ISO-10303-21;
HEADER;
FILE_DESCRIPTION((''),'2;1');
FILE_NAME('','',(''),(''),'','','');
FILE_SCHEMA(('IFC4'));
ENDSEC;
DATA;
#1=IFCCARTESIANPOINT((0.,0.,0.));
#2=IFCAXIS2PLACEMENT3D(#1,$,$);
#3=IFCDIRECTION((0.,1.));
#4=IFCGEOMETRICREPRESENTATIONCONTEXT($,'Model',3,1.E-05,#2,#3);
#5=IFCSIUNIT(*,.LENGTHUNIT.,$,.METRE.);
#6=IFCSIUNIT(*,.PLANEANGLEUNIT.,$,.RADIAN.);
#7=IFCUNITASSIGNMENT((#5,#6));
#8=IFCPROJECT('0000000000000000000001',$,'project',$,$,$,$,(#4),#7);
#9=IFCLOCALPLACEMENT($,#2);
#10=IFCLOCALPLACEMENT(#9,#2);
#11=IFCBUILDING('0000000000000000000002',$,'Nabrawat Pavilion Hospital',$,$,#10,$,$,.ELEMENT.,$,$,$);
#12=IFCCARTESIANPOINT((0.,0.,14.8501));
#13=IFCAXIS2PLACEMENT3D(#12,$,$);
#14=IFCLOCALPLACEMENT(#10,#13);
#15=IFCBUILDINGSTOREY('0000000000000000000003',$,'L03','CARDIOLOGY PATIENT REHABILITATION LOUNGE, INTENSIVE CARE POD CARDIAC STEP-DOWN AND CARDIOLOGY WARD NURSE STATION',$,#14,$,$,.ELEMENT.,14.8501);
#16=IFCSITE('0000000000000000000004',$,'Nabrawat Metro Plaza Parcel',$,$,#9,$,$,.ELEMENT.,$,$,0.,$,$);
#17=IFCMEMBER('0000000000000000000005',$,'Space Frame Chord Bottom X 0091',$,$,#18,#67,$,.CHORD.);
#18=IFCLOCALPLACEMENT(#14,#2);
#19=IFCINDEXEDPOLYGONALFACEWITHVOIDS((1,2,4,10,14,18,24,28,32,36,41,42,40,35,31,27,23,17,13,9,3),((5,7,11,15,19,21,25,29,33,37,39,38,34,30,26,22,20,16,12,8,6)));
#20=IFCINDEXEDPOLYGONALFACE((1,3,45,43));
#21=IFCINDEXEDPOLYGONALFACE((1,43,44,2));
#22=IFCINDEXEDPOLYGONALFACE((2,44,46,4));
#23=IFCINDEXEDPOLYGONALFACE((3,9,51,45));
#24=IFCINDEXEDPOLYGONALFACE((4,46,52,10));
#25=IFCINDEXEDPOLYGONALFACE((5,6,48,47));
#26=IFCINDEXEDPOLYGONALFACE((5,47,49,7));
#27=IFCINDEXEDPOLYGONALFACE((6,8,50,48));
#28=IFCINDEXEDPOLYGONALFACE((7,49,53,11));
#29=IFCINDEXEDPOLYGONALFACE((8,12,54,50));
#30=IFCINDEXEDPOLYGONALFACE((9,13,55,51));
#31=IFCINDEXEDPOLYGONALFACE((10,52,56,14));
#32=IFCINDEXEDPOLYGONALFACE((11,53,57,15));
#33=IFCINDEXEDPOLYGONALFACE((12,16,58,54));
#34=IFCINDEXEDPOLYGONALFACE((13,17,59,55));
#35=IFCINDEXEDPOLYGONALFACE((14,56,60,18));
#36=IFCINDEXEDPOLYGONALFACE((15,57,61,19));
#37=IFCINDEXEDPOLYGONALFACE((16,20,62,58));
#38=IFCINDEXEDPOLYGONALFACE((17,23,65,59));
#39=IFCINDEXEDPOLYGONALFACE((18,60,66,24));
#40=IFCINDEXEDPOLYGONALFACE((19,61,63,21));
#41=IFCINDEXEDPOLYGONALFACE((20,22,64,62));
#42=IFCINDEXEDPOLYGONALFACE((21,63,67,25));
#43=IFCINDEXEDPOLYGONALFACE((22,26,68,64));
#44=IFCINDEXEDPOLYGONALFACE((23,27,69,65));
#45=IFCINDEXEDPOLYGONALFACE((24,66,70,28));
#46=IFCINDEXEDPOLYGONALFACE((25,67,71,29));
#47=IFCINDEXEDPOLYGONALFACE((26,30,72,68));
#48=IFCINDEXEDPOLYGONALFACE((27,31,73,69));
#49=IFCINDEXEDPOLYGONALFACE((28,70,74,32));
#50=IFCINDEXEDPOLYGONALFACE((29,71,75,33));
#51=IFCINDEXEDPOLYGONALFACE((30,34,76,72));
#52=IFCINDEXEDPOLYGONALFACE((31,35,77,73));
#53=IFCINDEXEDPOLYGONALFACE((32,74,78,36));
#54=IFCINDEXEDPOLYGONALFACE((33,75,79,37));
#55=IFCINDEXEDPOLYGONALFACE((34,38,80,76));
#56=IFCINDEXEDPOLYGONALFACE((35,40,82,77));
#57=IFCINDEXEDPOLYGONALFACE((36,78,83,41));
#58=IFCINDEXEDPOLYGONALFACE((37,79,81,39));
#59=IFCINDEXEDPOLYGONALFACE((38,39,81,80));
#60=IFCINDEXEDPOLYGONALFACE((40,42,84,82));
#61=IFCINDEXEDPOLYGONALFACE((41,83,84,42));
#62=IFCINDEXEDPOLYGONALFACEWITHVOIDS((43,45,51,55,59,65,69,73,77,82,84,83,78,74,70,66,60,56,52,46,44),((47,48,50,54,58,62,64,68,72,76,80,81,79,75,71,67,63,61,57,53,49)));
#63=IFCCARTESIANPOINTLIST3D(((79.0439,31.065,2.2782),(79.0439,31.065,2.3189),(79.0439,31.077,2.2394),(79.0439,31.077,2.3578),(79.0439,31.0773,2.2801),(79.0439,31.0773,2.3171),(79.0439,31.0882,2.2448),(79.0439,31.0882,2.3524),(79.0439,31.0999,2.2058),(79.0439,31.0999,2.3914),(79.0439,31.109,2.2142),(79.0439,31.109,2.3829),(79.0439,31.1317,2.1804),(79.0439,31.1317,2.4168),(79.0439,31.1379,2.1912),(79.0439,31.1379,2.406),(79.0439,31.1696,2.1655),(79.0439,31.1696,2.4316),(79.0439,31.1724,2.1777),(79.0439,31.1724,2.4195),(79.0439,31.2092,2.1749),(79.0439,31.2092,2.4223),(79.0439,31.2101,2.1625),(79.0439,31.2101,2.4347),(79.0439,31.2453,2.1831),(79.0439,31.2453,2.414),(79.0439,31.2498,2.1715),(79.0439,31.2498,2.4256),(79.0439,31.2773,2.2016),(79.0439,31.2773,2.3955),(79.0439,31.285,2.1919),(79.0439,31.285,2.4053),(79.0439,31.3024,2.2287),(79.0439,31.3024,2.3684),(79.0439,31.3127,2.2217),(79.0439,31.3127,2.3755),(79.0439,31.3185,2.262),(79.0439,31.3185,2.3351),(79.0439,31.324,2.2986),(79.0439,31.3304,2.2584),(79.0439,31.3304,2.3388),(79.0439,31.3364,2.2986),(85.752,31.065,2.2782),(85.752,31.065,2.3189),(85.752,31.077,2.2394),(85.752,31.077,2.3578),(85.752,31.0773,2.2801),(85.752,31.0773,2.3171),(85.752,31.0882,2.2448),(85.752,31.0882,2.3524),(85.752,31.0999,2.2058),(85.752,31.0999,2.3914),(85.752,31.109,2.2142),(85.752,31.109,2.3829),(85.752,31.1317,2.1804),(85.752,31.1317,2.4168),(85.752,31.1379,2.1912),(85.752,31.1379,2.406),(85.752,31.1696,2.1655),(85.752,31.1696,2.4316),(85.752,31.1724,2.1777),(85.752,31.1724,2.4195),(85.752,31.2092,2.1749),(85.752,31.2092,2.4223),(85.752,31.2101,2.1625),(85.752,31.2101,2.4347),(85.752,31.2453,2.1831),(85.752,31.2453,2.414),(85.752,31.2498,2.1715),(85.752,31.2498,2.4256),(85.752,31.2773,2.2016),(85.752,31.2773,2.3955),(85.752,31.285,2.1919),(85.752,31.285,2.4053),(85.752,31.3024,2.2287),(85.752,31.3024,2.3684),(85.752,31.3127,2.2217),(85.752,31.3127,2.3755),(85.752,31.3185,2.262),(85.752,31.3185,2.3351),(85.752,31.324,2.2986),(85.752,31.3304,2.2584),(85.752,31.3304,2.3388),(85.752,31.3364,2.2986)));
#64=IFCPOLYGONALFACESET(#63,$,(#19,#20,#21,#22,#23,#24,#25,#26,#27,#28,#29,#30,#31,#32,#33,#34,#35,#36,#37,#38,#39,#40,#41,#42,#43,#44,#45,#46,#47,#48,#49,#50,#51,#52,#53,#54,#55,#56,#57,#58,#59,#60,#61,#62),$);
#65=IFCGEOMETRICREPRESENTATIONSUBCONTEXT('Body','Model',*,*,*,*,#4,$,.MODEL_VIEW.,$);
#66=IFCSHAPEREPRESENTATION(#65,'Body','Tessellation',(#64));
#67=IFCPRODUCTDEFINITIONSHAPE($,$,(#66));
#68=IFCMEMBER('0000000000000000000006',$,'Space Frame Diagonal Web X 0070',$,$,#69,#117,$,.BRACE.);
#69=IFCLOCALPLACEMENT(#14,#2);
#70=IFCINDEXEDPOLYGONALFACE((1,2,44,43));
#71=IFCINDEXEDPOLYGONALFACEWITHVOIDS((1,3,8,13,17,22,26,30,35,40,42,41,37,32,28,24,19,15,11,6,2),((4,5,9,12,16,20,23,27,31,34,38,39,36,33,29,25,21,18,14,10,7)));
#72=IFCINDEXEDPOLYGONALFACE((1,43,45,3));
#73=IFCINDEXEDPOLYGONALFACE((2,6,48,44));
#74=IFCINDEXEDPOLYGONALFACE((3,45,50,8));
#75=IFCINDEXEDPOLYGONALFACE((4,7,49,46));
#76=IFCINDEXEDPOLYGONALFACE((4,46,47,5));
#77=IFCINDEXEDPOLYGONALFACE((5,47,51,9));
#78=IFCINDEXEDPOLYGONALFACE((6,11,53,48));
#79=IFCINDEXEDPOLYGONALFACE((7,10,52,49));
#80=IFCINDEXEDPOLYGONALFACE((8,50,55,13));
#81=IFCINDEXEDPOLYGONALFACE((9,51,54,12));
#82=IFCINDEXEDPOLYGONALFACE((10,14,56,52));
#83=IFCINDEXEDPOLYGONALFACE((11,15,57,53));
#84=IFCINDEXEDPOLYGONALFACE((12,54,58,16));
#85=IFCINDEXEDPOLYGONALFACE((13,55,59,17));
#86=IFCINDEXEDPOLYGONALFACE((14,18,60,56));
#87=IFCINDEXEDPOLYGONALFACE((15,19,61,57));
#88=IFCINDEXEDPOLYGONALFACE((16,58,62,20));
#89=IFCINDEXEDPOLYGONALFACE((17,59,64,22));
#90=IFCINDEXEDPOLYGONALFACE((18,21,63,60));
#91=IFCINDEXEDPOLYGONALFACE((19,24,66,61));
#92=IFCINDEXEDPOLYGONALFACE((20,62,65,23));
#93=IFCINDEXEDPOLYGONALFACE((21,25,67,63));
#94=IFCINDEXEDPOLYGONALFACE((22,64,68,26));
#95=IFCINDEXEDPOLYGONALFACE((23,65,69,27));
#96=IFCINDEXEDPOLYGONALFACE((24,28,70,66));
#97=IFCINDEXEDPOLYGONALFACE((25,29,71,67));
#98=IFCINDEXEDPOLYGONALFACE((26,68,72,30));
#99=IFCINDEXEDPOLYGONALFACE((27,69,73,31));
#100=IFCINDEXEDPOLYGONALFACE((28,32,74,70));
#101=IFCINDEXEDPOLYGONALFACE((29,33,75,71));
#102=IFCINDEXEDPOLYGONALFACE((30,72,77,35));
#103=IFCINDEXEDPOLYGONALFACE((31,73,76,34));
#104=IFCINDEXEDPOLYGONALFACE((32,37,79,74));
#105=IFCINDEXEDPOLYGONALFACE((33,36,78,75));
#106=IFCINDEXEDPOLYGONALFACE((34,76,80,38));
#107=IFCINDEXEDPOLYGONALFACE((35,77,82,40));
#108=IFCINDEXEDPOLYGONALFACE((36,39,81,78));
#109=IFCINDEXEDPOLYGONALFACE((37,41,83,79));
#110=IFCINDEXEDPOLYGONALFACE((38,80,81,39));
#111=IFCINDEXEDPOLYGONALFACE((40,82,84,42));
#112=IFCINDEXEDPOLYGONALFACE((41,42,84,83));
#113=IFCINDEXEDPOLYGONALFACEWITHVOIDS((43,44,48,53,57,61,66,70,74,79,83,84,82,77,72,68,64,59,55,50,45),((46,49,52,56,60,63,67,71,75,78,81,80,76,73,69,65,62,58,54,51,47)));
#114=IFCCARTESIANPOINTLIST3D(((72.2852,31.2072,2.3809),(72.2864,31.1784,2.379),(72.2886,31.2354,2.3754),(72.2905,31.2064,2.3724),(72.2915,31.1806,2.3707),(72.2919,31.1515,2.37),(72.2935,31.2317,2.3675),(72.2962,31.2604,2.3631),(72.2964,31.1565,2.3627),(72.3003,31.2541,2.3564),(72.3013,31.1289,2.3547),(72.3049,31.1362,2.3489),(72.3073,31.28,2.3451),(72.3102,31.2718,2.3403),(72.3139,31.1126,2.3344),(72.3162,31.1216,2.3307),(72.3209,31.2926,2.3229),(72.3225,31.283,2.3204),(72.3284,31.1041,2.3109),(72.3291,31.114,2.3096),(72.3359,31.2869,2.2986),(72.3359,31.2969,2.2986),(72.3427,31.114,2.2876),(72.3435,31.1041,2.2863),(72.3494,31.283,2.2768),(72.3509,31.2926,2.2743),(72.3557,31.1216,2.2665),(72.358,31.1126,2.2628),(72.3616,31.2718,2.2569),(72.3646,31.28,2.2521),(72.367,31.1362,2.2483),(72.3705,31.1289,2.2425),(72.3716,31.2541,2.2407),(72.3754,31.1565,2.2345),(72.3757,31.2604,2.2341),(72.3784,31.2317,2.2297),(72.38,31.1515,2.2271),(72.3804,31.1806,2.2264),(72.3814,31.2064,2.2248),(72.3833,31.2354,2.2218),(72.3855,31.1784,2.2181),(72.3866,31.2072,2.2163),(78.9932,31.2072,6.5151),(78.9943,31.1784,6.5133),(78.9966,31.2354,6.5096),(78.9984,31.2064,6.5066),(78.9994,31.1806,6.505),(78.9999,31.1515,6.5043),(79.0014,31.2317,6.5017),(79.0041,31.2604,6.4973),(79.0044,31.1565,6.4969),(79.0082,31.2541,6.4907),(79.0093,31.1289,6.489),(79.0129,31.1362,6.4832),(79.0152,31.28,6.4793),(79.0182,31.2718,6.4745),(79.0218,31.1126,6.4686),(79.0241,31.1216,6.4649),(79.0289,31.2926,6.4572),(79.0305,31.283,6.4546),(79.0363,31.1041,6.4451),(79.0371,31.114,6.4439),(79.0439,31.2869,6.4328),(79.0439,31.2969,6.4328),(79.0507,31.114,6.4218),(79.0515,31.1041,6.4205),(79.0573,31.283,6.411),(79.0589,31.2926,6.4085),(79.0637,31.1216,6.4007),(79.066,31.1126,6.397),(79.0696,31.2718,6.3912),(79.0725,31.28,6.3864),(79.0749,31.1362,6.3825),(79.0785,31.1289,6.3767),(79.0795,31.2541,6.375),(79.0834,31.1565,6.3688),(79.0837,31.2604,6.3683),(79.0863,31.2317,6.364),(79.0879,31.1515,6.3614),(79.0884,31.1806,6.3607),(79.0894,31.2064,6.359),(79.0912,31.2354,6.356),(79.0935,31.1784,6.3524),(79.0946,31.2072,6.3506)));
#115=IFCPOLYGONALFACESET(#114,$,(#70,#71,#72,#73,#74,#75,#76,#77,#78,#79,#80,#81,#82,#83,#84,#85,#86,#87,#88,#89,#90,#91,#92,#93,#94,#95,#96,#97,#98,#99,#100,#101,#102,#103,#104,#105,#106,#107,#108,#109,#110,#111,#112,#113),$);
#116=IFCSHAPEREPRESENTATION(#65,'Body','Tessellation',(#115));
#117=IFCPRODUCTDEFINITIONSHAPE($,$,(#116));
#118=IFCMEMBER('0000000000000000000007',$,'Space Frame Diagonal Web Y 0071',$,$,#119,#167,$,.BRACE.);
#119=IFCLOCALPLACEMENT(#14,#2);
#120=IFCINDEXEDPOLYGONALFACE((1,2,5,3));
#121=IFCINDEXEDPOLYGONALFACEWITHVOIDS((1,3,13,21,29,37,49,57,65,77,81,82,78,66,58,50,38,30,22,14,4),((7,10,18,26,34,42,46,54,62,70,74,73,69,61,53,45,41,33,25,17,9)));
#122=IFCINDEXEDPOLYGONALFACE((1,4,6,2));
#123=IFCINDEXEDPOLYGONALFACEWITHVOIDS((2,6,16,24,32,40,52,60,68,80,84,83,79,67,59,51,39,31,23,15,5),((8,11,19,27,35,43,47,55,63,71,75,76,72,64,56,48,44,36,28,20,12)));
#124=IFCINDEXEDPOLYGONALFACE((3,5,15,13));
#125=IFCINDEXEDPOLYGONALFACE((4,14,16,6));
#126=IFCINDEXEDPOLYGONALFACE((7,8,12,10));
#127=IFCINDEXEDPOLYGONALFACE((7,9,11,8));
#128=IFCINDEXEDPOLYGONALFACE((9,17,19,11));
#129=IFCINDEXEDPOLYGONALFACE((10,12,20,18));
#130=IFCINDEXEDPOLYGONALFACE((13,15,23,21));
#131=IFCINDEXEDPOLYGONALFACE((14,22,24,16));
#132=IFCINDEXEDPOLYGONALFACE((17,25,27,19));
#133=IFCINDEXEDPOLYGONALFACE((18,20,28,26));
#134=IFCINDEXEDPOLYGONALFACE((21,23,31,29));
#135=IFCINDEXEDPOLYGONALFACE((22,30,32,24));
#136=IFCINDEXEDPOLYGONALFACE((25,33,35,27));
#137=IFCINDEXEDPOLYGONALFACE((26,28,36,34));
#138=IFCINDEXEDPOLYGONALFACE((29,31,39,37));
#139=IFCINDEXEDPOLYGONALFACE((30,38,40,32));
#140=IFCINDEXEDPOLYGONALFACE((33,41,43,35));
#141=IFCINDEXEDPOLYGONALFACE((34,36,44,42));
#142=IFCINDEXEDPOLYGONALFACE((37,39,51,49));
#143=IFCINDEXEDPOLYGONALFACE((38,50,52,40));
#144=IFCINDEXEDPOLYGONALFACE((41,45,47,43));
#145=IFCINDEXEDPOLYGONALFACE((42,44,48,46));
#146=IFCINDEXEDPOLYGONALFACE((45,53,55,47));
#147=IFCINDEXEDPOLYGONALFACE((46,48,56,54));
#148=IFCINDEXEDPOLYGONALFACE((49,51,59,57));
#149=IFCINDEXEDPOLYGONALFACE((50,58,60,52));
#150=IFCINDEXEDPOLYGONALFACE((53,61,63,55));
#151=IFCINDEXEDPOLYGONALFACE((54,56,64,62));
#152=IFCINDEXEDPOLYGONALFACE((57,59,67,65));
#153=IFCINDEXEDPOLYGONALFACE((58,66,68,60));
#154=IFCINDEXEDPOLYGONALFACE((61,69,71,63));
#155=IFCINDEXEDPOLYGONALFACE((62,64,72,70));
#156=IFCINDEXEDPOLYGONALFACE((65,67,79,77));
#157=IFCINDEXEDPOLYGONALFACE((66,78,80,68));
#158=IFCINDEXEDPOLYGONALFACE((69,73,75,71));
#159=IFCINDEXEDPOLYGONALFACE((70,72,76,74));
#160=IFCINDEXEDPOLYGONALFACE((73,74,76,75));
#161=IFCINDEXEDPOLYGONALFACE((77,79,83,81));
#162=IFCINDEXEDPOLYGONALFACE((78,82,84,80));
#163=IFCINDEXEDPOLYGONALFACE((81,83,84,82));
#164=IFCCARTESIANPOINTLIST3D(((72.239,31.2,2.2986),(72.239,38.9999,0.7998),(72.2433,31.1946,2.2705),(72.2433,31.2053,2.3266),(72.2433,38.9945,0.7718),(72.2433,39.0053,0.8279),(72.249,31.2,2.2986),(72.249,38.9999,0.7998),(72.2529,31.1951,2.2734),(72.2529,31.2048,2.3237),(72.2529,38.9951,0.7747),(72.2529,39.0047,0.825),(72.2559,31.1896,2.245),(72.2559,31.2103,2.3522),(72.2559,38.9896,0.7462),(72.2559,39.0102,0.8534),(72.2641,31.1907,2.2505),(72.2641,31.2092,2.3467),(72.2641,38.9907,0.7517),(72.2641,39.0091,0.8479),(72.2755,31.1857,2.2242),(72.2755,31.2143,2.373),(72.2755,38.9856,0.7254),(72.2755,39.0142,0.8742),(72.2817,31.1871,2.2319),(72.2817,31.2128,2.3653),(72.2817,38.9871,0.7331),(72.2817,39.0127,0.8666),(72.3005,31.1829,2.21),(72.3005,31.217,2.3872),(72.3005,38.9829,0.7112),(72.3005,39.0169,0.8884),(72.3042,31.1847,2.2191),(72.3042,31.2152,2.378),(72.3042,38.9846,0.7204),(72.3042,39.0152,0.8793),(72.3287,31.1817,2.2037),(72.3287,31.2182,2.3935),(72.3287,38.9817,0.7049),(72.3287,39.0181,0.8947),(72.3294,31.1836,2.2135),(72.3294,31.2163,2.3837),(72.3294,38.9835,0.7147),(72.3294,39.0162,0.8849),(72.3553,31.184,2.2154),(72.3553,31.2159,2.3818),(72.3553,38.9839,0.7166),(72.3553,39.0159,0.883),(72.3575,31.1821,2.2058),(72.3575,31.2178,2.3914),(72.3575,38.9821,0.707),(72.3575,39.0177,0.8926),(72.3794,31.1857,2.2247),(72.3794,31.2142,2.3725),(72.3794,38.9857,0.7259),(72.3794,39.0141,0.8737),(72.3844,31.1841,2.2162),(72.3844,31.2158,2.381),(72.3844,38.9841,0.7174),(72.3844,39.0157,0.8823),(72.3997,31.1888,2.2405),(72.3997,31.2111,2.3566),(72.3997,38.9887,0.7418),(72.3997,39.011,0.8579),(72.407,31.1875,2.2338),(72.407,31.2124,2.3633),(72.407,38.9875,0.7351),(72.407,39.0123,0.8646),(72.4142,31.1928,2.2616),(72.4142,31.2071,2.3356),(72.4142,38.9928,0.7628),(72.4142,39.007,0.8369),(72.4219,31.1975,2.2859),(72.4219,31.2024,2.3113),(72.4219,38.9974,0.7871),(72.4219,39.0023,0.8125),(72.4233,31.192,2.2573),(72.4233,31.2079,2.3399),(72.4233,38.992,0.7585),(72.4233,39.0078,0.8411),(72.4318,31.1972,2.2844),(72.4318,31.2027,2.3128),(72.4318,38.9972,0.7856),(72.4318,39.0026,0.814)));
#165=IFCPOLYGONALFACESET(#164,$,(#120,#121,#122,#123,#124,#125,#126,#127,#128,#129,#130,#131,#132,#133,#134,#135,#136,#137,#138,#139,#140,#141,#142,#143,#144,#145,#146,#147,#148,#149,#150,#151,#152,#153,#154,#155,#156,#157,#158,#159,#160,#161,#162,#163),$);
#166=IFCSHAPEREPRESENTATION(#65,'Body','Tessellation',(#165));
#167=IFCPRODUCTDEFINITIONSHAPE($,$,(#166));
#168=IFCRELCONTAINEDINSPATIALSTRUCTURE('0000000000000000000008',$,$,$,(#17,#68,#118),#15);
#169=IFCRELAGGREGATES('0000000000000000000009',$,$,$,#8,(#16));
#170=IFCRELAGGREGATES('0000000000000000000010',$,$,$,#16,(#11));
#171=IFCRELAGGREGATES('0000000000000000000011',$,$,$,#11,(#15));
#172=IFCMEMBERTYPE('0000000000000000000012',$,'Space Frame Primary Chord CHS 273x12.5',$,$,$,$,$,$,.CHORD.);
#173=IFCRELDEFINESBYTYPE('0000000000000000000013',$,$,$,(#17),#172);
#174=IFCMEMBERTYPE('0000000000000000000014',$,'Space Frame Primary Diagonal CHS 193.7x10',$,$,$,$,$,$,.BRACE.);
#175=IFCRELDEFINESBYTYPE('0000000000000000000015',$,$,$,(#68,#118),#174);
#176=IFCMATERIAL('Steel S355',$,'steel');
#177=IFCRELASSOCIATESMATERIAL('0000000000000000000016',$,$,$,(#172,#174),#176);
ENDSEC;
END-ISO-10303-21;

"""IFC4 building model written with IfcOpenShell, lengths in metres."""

from ifc_helpers import new_model, si_unit, direction, frame, origin, origin_2d, place, context, subcontext, project, spatial, hollow_circle, extrude, material, material_profile, profile_set, type_object, element, save


model = new_model("IFC4")

# Units and contexts
model_context = context("Model", 3, precision=1e-05, world=origin(), true_north=direction((0.0, 1.0)))
body_context = subcontext(model_context, "Body", "Model", "MODEL_VIEW")
ifc_project = project(units=[si_unit("LENGTHUNIT", "METRE"), si_unit("PLANEANGLEUNIT", "RADIAN")], contexts=[model_context])

# Site, building, storey
site_placement = place(None, origin())
site = spatial("IfcSite", under=ifc_project, at=site_placement, Name="Nabrawat Metro Plaza Parcel", CompositionType="ELEMENT", RefElevation=0.0)
building_placement = place(site_placement, origin())
building = spatial("IfcBuilding", under=site, at=building_placement, Name="Nabrawat Pavilion Hospital", CompositionType="ELEMENT")
storey_placement = place(building_placement, frame((0.0, 0.0, 14.8501)))
storey = spatial("IfcBuildingStorey", under=building, at=storey_placement, Name="L03", Description="CARDIOLOGY PATIENT REHABILITATION LOUNGE, INTENSIVE CARE POD CARDIAC STEP-DOWN AND CARDIOLOGY WARD NURSE STATION", CompositionType="ELEMENT", Elevation=14.8501)

# Members
ifc_material = material(Name="Steel S355", Category="steel")
ifc_material_profile_1 = material_profile(ifc_material, hollow_circle(Radius=0.1365, WallThickness=0.0125, at=origin_2d()), Name="CHS 273x12.5")
ifc_profile_set_1 = profile_set([ifc_material_profile_1], Name="Steel S355")
member_type_1 = type_object("IfcMemberType", Name="Space Frame Primary Chord CHS 273x12.5", PredefinedType="CHORD", material=ifc_profile_set_1)
for number, where, z_axis, x_axis, name in (
    (1, (79.0439, 31.2, 2.2986), (1.0, 0.0, 0.0), (0.0, 1.0, 0.0), "Space Frame Chord Bottom X 0091"),
):
    element("IfcMember", number, at=place(storey_placement, frame(where, z_axis=z_axis, x_axis=x_axis)), inside=storey, type_object=member_type_1, Name=name, PredefinedType="CHORD", context=body_context, shape_type="SweptSolid", body=[
        extrude(hollow_circle(Radius=0.1365, WallThickness=0.0125, at=origin_2d()), origin(), (0.0, 0.0, 1.0), 6.708),
    ])
ifc_material_profile_2 = material_profile(ifc_material, hollow_circle(Radius=0.0969, WallThickness=0.01, at=origin_2d()), Name="CHS 193.7x10")
ifc_profile_set_2 = profile_set([ifc_material_profile_2], Name="Steel S355")
member_type_2 = type_object("IfcMemberType", Name="Space Frame Primary Diagonal CHS 193.7x10", PredefinedType="BRACE", material=ifc_profile_set_2)
member_1_placement = place(storey_placement, frame((72.3359, 31.2, 2.2986), z_axis=(0.851303, 0.0, 0.524675), x_axis=(0.0, 1.0, 0.0)))
element("IfcMember", 2, at=member_1_placement, inside=storey, type_object=member_type_2, Name="Space Frame Diagonal Web X 0070", PredefinedType="BRACE", context=body_context, shape_type="SweptSolid", body=[
    extrude(hollow_circle(Radius=0.0969, WallThickness=0.01, at=origin_2d()), origin(), (0.0, 0.0, 1.0), 7.8796),
])
member_2_placement = place(storey_placement, frame((72.3359, 31.2, 2.2986), z_axis=(0.0, 0.982035, -0.188698), x_axis=(-1.0, 0.0, 0.0)))
element("IfcMember", 3, at=member_2_placement, inside=storey, type_object=member_type_2, Name="Space Frame Diagonal Web Y 0071", PredefinedType="BRACE", context=body_context, shape_type="SweptSolid", body=[
    extrude(hollow_circle(Radius=0.0969, WallThickness=0.01, at=origin_2d()), origin(), (0.0, 0.0, 1.0), 7.9426),
])

save(model, "model.ifc")
